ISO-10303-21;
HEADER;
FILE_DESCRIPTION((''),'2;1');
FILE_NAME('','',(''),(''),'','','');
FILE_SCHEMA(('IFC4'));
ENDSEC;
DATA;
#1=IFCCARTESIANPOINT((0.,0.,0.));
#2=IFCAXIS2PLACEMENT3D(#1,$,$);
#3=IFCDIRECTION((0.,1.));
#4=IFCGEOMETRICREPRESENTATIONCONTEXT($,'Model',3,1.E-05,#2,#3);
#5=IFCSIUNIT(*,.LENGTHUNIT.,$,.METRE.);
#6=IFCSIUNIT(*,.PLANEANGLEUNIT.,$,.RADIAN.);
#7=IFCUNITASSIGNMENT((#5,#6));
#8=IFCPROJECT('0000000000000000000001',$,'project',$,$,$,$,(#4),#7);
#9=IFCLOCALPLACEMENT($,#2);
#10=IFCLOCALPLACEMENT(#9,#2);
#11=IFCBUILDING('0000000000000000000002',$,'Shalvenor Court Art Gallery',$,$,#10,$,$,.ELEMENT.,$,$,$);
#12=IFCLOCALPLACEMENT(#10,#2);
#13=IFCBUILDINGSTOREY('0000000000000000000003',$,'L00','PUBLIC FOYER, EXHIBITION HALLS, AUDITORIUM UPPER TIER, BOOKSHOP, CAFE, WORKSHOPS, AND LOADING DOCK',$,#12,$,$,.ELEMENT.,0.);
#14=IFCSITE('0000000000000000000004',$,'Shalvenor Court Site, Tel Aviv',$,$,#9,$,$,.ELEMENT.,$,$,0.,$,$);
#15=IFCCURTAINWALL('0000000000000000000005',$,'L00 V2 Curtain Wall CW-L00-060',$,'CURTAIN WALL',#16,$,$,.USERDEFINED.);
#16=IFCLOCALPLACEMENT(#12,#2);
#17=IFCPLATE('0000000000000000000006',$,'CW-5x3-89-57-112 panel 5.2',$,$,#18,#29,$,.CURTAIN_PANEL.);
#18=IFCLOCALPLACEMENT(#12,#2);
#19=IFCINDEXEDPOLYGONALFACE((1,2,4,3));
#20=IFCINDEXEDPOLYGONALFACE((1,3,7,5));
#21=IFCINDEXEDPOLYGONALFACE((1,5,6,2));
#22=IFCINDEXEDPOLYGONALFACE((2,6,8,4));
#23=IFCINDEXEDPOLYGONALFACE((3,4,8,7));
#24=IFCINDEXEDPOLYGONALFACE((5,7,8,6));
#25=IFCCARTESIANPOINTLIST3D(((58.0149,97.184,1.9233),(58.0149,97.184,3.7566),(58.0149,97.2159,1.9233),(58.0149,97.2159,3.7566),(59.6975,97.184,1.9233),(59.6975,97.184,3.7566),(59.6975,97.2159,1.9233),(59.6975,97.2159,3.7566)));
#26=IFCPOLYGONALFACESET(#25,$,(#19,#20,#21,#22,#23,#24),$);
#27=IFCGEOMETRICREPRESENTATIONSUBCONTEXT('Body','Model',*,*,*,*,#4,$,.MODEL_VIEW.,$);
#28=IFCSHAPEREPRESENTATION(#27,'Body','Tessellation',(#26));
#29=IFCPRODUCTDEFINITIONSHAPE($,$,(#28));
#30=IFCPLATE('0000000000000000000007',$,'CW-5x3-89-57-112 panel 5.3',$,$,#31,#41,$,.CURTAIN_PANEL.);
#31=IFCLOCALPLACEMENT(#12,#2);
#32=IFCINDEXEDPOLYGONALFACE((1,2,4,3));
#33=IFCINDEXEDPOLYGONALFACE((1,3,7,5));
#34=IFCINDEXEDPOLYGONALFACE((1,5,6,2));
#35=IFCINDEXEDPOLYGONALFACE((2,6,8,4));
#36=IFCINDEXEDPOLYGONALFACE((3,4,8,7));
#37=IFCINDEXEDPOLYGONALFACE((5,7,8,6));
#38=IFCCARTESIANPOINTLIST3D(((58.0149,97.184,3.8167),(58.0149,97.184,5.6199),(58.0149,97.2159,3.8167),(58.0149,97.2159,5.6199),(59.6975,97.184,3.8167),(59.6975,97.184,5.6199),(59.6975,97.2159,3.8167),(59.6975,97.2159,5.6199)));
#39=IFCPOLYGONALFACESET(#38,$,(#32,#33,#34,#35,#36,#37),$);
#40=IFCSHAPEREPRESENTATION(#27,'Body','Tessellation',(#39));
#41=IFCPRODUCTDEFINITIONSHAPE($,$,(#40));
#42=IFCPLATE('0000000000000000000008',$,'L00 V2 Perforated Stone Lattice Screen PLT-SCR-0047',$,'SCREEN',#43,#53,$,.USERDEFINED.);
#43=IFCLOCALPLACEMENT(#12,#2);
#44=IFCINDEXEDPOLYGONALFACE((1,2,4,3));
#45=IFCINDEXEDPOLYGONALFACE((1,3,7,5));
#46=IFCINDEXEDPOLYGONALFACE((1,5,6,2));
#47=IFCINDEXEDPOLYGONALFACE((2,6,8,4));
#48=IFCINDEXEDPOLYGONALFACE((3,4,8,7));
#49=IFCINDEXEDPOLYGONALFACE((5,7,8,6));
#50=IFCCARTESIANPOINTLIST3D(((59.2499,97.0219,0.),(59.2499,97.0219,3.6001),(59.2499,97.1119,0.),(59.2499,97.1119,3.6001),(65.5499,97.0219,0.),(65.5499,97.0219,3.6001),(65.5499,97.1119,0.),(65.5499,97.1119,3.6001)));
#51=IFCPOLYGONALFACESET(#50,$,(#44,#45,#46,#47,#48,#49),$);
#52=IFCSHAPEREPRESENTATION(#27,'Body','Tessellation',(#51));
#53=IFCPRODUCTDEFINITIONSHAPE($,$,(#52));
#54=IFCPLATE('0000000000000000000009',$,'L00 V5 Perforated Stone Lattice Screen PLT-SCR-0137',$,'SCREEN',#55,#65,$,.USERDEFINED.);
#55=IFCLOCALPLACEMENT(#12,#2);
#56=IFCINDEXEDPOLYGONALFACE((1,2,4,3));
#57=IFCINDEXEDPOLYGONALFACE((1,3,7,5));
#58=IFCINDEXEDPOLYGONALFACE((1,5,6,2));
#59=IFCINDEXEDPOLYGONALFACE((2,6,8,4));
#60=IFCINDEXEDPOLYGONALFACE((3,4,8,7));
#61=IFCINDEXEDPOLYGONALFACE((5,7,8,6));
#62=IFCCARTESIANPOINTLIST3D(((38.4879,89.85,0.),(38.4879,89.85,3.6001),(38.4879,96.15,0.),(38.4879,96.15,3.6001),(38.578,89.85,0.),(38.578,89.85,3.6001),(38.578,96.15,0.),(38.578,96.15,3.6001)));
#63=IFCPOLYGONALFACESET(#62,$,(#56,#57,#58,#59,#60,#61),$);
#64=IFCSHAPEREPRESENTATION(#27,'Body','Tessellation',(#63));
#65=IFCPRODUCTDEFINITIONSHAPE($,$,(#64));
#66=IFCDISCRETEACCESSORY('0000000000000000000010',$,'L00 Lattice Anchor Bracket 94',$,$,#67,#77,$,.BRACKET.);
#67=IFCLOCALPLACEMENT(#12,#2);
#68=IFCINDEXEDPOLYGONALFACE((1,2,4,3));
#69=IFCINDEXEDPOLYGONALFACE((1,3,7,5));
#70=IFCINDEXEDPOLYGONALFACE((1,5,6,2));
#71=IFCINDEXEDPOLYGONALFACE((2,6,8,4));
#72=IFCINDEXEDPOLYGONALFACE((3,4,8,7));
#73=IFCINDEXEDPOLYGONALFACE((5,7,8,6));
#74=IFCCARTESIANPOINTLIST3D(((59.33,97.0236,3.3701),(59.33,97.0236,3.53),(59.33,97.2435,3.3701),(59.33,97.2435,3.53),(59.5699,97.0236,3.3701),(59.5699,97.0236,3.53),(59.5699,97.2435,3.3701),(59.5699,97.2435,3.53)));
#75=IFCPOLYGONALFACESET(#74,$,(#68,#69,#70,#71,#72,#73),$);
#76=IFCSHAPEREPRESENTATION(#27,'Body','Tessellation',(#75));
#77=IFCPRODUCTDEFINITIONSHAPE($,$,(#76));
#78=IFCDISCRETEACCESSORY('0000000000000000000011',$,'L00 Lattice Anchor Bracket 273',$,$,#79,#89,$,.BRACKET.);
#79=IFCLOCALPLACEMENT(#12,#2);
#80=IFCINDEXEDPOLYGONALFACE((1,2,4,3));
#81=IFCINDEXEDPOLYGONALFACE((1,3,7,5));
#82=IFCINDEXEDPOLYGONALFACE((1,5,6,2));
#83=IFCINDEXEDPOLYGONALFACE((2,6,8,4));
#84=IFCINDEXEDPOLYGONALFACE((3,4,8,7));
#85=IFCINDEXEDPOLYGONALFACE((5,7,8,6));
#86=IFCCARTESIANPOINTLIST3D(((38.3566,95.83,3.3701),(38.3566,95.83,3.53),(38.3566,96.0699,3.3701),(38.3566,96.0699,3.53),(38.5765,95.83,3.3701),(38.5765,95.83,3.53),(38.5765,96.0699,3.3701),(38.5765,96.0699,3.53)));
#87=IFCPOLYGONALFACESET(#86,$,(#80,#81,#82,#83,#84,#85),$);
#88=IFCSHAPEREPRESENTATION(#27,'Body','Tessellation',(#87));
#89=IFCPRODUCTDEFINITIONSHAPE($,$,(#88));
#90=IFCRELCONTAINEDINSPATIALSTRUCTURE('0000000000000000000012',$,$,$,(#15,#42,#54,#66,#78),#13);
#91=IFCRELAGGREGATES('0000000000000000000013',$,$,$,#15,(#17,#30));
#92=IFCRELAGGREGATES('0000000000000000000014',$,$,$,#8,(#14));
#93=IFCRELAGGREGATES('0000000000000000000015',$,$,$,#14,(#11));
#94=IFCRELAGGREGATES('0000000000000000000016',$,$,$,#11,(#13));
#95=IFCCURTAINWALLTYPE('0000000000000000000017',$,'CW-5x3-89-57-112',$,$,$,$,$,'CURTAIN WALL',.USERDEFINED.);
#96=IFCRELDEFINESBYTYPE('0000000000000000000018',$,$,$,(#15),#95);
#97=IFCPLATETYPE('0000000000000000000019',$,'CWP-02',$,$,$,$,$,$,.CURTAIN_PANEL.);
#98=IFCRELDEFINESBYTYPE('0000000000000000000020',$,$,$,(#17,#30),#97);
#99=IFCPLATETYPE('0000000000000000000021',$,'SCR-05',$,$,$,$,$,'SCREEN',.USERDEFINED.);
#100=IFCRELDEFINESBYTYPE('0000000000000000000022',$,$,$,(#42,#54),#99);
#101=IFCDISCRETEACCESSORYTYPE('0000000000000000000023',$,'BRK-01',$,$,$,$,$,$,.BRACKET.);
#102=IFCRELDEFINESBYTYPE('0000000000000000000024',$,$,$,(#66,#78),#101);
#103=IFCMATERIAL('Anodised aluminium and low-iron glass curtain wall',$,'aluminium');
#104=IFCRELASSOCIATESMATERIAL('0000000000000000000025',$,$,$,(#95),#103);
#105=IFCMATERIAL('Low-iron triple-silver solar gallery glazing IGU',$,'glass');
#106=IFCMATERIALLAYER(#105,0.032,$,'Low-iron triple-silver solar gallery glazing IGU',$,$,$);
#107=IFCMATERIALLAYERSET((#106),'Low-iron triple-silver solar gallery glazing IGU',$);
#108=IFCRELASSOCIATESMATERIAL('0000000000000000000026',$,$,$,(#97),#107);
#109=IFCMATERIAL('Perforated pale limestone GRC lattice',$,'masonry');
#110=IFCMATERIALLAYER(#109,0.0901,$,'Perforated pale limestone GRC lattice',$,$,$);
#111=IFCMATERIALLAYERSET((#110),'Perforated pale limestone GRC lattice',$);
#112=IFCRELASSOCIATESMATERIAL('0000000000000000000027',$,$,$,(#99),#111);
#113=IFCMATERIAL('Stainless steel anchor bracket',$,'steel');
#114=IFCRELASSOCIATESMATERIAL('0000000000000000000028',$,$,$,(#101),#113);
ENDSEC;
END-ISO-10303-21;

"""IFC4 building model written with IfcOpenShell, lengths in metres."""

from ifc_helpers import new_model, si_unit, direction, frame, origin, origin_2d, place, context, subcontext, project, spatial, rectangle, extrude, material, layer, layer_set, type_object, element, aggregate, save


model = new_model("IFC4")

# Units and contexts
model_context = context("Model", 3, precision=1e-05, world=origin(), true_north=direction((0.0, 1.0)))
body_context = subcontext(model_context, "Body", "Model", "MODEL_VIEW")
ifc_project = project(units=[si_unit("LENGTHUNIT", "METRE"), si_unit("PLANEANGLEUNIT", "RADIAN")], contexts=[model_context])

# Site, building, storey
site_placement = place(None, origin())
site = spatial("IfcSite", under=ifc_project, at=site_placement, Name="Shalvenor Court Site, Tel Aviv", CompositionType="ELEMENT", RefElevation=0.0)
building_placement = place(site_placement, origin())
building = spatial("IfcBuilding", under=site, at=building_placement, Name="Shalvenor Court Art Gallery", CompositionType="ELEMENT")
storey_placement = place(building_placement, origin())
storey = spatial("IfcBuildingStorey", under=building, at=storey_placement, Name="L00", Description="PUBLIC FOYER, EXHIBITION HALLS, AUDITORIUM UPPER TIER, BOOKSHOP, CAFE, WORKSHOPS, AND LOADING DOCK", CompositionType="ELEMENT", Elevation=0.0)

# Curtain wall
ifc_material_1 = material(Name="Anodised aluminium and low-iron glass curtain wall", Category="aluminium")
curtain_wall_type_1 = type_object("IfcCurtainWallType", Name="CW-5x3-89-57-112", ElementType="CURTAIN WALL", PredefinedType="USERDEFINED", material=ifc_material_1)
curtain_wall_1_placement = place(storey_placement, origin())
curtain_wall_1 = element("IfcCurtainWall", 1, at=curtain_wall_1_placement, inside=storey, type_object=curtain_wall_type_1, Name="L00 V2 Curtain Wall CW-L00-060", ObjectType="CURTAIN WALL", PredefinedType="USERDEFINED")

# Plates
ifc_material_2 = material(Name="Low-iron triple-silver solar gallery glazing IGU", Category="glass")
ifc_layer_1 = layer(ifc_material_2, 0.032, Name="Low-iron triple-silver solar gallery glazing IGU")
ifc_layer_set_1 = layer_set([ifc_layer_1], Name="Low-iron triple-silver solar gallery glazing IGU")
plate_type_1 = type_object("IfcPlateType", Name="CWP-02", PredefinedType="CURTAIN_PANEL", material=ifc_layer_set_1)
plate_1_placement = place(storey_placement, frame((58.8562, 97.2, 1.9233), z_axis=(0.0, 0.0, 1.0), x_axis=(-1.0, 0.0, 0.0)))
plate_1 = element("IfcPlate", 2, at=plate_1_placement, type_object=plate_type_1, Name="CW-5x3-89-57-112 panel 5.2", PredefinedType="CURTAIN_PANEL", context=body_context, shape_type="SweptSolid", body=[
    extrude(rectangle(XDim=1.6826, YDim=0.032, at=origin_2d()), origin(), (0.0, 0.0, 1.0), 1.8333),
])
plate_2_placement = place(storey_placement, frame((58.8562, 97.2, 3.8167), z_axis=(0.0, 0.0, 1.0), x_axis=(-1.0, 0.0, 0.0)))
plate_2 = element("IfcPlate", 3, at=plate_2_placement, type_object=plate_type_1, Name="CW-5x3-89-57-112 panel 5.3", PredefinedType="CURTAIN_PANEL", context=body_context, shape_type="SweptSolid", body=[
    extrude(rectangle(XDim=1.6826, YDim=0.032, at=origin_2d()), origin(), (0.0, 0.0, 1.0), 1.8032),
])
aggregate(curtain_wall_1, [plate_1, plate_2])

# Plates
ifc_material_3 = material(Name="Perforated pale limestone GRC lattice", Category="masonry")
ifc_layer_2 = layer(ifc_material_3, 0.0901, Name="Perforated pale limestone GRC lattice")
ifc_layer_set_2 = layer_set([ifc_layer_2], Name="Perforated pale limestone GRC lattice")
plate_type_2 = type_object("IfcPlateType", Name="SCR-05", ElementType="SCREEN", PredefinedType="USERDEFINED", material=ifc_layer_set_2)
for number, where, z_axis, x_axis, name in (
    (4, (62.3999, 97.0669, 0.0), (0.0, 0.0, 1.0), (-1.0, 0.0, 0.0), "L00 V2 Perforated Stone Lattice Screen PLT-SCR-0047"),
    (5, (38.533, 93.0, 0.0), (0.0, 0.0, 1.0), (0.0, -1.0, 0.0), "L00 V5 Perforated Stone Lattice Screen PLT-SCR-0137"),
):
    element("IfcPlate", number, at=place(storey_placement, frame(where, z_axis=z_axis, x_axis=x_axis)), inside=storey, type_object=plate_type_2, Name=name, ObjectType="SCREEN", PredefinedType="USERDEFINED", context=body_context, shape_type="SweptSolid", body=[
        extrude(rectangle(XDim=6.3, YDim=0.0901, at=origin_2d()), origin(), (0.0, 0.0, 1.0), 3.6001),
    ])

# Discrete accessories
ifc_material_4 = material(Name="Stainless steel anchor bracket", Category="steel")
discrete_accessory_type = type_object("IfcDiscreteAccessoryType", Name="BRK-01", PredefinedType="BRACKET", material=ifc_material_4)
for number, where, z_axis, x_axis, name in (
    (6, (59.45, 97.1335, 3.3701), (0.0, 0.0, 1.0), (-1.0, 0.0, 0.0), "L00 Lattice Anchor Bracket 94"),
    (7, (38.4666, 95.95, 3.3701), (0.0, 0.0, 1.0), (0.0, -1.0, 0.0), "L00 Lattice Anchor Bracket 273"),
):
    element("IfcDiscreteAccessory", number, at=place(storey_placement, frame(where, z_axis=z_axis, x_axis=x_axis)), inside=storey, type_object=discrete_accessory_type, Name=name, PredefinedType="BRACKET", context=body_context, shape_type="SweptSolid", body=[
        extrude(rectangle(XDim=0.24, YDim=0.22, at=origin_2d()), origin(), (0.0, 0.0, 1.0), 0.1599),
    ])

save(model, "model.ifc")
